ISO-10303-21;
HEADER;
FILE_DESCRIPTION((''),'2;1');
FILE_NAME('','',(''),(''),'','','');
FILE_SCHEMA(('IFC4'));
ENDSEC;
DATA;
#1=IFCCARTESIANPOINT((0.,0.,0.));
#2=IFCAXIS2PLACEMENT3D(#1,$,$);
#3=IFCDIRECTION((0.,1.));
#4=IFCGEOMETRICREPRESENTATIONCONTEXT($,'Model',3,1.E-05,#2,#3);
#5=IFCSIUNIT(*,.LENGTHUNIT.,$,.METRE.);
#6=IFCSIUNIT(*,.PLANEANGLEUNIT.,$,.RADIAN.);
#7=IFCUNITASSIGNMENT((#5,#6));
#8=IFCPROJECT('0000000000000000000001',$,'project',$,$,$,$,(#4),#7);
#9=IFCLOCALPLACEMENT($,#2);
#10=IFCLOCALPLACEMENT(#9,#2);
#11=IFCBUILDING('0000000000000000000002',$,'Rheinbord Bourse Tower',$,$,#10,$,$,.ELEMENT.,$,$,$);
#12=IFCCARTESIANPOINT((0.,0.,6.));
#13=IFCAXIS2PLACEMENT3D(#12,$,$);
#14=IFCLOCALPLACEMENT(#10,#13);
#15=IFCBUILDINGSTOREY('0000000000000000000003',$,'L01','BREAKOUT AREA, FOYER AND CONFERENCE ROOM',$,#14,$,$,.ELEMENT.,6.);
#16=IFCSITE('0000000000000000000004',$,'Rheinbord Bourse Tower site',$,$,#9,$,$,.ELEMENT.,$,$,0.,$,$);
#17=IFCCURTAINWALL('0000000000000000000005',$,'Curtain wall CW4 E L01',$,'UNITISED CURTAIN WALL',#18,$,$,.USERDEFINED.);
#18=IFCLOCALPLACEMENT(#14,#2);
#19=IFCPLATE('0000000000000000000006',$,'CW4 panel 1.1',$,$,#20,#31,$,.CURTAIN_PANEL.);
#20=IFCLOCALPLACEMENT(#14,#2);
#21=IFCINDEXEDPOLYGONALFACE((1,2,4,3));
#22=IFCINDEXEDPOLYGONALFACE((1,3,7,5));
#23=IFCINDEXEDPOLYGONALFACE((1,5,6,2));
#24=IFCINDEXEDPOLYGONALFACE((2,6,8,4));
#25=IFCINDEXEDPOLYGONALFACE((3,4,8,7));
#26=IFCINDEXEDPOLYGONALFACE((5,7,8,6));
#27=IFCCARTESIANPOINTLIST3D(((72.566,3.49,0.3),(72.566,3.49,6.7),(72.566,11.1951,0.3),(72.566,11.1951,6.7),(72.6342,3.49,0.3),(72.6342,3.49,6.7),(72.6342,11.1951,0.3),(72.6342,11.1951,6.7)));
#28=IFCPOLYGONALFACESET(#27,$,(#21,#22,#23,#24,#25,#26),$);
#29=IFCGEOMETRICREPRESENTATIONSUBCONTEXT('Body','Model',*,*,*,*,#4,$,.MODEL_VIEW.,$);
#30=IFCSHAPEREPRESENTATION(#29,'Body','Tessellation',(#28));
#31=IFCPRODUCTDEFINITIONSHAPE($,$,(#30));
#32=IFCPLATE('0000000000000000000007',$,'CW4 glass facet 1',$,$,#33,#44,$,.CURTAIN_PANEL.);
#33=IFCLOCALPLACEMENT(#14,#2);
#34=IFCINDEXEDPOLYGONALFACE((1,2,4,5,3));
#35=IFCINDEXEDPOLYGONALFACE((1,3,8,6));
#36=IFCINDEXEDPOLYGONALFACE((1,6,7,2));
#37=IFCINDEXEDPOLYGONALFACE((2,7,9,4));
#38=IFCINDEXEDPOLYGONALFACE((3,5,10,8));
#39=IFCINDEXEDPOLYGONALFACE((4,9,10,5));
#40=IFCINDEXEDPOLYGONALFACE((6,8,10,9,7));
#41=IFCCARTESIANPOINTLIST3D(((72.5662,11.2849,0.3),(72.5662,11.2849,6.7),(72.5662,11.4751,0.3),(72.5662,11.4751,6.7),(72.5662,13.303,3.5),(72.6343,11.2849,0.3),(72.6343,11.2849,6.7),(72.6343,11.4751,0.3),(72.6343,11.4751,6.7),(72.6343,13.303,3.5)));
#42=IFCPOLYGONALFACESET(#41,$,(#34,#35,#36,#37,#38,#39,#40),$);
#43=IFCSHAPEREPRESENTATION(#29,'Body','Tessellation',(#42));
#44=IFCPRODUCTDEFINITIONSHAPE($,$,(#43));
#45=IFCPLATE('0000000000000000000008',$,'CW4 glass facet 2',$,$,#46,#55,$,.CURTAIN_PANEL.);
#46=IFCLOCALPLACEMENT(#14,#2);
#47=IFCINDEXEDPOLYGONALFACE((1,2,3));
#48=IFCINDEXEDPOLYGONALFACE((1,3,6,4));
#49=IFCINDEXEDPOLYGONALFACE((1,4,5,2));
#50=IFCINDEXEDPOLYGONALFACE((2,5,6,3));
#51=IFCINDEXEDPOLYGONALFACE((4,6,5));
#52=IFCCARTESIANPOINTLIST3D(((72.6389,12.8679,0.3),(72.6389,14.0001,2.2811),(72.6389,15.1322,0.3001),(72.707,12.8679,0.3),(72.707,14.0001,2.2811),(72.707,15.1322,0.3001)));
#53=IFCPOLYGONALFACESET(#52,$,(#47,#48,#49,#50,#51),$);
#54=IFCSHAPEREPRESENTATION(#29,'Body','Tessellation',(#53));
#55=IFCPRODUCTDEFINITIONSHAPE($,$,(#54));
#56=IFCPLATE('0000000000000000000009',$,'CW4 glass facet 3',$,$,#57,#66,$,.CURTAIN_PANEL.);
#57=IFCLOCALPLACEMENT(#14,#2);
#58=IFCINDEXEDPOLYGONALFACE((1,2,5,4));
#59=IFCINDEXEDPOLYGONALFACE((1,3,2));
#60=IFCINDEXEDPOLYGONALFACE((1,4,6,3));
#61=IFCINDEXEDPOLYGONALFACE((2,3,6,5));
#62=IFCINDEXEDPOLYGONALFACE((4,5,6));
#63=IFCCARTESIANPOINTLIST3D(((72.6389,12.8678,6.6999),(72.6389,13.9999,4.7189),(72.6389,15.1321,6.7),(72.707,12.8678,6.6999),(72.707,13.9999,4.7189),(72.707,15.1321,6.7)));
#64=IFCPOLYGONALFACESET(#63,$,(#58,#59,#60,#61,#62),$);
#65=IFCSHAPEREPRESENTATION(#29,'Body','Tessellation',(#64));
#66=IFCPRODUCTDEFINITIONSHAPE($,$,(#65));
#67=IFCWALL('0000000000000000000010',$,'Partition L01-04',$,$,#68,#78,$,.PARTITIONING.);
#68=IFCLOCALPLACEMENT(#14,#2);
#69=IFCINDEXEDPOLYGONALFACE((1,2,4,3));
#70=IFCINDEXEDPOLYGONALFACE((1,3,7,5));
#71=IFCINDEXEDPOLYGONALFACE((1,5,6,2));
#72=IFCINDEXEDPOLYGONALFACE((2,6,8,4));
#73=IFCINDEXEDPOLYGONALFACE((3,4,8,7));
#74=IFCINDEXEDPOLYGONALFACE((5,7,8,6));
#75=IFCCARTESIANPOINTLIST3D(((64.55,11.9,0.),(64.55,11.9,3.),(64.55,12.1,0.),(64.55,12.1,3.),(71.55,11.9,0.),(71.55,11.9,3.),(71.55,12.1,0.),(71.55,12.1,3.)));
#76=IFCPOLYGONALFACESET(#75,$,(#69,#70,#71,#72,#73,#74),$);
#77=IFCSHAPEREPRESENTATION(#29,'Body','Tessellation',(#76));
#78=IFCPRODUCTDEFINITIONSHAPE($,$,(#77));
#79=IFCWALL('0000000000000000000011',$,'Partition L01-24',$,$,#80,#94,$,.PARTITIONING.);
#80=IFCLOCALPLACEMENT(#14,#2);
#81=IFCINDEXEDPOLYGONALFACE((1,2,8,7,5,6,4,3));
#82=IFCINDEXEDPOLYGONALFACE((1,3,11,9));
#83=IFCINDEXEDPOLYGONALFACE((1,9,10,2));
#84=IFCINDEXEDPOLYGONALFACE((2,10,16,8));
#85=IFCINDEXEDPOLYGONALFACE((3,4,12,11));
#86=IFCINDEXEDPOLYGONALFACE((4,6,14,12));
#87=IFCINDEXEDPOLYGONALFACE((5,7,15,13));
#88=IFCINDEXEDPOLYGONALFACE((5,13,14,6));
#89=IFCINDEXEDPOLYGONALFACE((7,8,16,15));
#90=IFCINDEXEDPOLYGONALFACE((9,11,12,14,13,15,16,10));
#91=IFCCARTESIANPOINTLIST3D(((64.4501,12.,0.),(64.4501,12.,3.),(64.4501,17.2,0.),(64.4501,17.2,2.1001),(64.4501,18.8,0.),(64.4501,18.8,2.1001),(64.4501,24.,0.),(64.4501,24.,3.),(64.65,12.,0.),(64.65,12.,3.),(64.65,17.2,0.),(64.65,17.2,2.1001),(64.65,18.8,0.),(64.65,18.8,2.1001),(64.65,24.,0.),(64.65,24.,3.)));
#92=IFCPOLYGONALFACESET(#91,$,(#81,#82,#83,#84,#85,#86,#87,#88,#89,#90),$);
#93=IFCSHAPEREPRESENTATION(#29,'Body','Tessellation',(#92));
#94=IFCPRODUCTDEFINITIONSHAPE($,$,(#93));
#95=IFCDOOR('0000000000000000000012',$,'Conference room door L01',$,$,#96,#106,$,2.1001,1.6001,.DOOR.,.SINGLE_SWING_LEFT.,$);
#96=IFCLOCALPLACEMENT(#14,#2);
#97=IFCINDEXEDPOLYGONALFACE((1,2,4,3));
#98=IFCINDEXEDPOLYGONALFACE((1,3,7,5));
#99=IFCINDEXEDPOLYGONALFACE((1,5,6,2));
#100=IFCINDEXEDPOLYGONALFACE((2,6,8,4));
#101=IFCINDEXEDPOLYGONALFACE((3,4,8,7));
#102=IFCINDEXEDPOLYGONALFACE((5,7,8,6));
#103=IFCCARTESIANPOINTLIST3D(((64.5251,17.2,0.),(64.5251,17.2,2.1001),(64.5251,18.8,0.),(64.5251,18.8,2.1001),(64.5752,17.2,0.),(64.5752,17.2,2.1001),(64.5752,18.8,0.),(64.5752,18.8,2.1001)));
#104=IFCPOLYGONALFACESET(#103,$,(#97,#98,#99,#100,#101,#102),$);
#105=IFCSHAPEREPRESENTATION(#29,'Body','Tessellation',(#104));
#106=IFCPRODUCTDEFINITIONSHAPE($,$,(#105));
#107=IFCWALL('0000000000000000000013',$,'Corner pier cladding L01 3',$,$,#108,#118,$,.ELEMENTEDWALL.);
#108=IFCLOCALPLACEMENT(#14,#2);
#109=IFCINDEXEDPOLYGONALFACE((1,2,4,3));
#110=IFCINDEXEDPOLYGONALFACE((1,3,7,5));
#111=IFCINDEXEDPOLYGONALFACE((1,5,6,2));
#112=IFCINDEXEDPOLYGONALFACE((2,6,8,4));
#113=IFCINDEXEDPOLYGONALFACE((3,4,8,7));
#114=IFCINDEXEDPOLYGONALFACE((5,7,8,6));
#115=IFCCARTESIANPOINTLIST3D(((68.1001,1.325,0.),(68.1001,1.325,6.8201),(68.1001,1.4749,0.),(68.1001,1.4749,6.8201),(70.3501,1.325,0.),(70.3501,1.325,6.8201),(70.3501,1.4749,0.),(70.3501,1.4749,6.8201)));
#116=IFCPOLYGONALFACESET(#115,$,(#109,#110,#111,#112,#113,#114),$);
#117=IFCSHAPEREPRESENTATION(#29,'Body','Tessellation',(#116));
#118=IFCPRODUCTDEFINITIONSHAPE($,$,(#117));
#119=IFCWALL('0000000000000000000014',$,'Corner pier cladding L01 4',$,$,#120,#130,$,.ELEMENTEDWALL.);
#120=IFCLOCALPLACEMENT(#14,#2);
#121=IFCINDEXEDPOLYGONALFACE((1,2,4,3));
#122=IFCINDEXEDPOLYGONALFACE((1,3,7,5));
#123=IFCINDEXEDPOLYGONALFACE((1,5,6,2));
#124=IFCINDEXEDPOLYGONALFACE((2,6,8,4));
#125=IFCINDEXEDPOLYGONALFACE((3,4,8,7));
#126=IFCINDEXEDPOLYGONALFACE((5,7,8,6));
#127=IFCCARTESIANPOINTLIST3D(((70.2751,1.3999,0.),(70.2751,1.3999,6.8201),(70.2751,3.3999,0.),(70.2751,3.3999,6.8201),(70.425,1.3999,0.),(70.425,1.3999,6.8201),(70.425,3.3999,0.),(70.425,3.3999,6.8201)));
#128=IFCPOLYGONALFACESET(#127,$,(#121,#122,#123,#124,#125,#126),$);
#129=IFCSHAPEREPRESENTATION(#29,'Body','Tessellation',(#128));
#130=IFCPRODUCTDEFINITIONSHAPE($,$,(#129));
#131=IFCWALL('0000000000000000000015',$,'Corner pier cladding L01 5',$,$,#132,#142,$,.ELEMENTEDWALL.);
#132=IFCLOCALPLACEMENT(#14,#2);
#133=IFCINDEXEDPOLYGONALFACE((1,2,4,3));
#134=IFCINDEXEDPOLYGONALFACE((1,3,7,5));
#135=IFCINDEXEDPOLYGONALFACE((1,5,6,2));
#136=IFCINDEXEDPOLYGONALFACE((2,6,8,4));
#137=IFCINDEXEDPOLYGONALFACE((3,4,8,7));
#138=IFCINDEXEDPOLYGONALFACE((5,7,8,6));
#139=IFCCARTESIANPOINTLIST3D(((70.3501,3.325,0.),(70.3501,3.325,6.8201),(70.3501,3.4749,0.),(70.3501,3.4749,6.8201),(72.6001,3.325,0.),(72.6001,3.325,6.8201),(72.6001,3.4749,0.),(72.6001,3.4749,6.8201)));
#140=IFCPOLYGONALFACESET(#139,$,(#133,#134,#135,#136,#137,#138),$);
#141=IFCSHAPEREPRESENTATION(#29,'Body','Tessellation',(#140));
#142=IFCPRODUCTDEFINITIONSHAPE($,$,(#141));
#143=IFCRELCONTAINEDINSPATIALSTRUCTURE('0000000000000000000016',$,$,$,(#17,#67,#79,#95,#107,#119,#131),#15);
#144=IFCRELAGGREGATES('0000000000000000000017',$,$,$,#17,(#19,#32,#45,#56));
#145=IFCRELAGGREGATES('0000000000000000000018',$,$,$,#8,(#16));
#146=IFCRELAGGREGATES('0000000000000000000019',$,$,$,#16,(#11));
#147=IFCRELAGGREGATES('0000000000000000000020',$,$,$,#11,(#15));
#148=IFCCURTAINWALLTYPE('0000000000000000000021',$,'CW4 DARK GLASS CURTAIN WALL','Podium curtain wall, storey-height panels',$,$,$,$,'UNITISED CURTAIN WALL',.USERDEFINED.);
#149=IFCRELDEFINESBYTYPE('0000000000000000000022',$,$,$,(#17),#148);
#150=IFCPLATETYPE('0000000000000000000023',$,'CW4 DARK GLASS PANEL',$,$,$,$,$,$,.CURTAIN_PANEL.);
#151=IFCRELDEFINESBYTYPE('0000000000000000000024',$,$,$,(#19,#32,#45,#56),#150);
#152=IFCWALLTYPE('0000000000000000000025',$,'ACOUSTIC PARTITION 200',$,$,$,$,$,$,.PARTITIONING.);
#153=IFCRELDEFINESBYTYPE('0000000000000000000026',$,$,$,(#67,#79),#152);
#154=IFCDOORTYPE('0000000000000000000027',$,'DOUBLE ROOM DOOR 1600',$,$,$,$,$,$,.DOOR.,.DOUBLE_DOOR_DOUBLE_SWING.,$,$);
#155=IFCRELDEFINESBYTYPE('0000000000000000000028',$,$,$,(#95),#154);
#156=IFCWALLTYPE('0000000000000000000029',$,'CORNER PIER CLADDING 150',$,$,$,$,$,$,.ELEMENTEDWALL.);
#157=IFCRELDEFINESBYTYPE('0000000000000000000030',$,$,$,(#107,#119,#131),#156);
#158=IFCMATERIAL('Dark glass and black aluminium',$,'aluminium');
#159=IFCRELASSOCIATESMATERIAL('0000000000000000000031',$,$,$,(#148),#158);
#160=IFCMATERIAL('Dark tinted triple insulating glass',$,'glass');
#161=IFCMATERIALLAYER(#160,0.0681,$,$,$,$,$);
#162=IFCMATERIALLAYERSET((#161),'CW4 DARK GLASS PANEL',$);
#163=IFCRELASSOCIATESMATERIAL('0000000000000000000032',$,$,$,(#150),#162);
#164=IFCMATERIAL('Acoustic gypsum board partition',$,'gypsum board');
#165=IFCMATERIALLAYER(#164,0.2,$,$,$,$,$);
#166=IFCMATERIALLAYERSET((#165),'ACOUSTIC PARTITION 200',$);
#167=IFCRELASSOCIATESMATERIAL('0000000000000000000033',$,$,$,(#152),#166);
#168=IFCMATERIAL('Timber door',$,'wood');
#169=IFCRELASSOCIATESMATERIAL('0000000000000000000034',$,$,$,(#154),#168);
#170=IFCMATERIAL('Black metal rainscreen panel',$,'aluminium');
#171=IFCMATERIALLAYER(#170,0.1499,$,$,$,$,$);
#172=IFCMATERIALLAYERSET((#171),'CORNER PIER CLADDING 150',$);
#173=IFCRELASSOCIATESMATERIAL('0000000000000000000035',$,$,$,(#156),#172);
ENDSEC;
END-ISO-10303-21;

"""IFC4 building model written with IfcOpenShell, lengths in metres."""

from ifc_helpers import new_model, si_unit, direction, frame, frame_2d, origin, origin_2d, place, context, subcontext, project, spatial, polyline, rectangle, outline, extrude, material, layer, layer_set, type_object, element, fill, aggregate, save


model = new_model("IFC4")

# Units and contexts
model_context = context("Model", 3, precision=1e-05, world=origin(), true_north=direction((0.0, 1.0)))
body_context = subcontext(model_context, "Body", "Model", "MODEL_VIEW")
ifc_project = project(units=[si_unit("LENGTHUNIT", "METRE"), si_unit("PLANEANGLEUNIT", "RADIAN")], contexts=[model_context])

# Site, building, storey
site_placement = place(None, origin())
site = spatial("IfcSite", under=ifc_project, at=site_placement, Name="Rheinbord Bourse Tower site", CompositionType="ELEMENT", RefElevation=0.0)
building_placement = place(site_placement, origin())
building = spatial("IfcBuilding", under=site, at=building_placement, Name="Rheinbord Bourse Tower", CompositionType="ELEMENT")
storey_placement = place(building_placement, frame((0.0, 0.0, 6.0)))
storey = spatial("IfcBuildingStorey", under=building, at=storey_placement, Name="L01", Description="BREAKOUT AREA, FOYER AND CONFERENCE ROOM", CompositionType="ELEMENT", Elevation=6.0)

# Curtain wall
ifc_material_1 = material(Name="Dark glass and black aluminium", Category="aluminium")
curtain_wall_type = type_object("IfcCurtainWallType", Name="CW4 DARK GLASS CURTAIN WALL", Description="Podium curtain wall, storey-height panels", ElementType="UNITISED CURTAIN WALL", PredefinedType="USERDEFINED", material=ifc_material_1)
curtain_wall_1_placement = place(storey_placement, origin())
curtain_wall_1 = element("IfcCurtainWall", 1, at=curtain_wall_1_placement, inside=storey, type_object=curtain_wall_type, Name="Curtain wall CW4 E L01", ObjectType="UNITISED CURTAIN WALL", PredefinedType="USERDEFINED")

# Plates
ifc_material_2 = material(Name="Dark tinted triple insulating glass", Category="glass")
ifc_layer_1 = layer(ifc_material_2, 0.0681)
ifc_layer_set_1 = layer_set([ifc_layer_1], Name="CW4 DARK GLASS PANEL")
plate_type = type_object("IfcPlateType", Name="CW4 DARK GLASS PANEL", PredefinedType="CURTAIN_PANEL", material=ifc_layer_set_1)
plate_1_placement = place(storey_placement, frame((72.6001, 7.3425, 0.3), z_axis=(0.0, 0.0, 1.0), x_axis=(0.0, 1.0, 0.0)))
plate_1 = element("IfcPlate", 2, at=plate_1_placement, type_object=plate_type, Name="CW4 panel 1.1", PredefinedType="CURTAIN_PANEL", context=body_context, shape_type="SweptSolid", body=[
    extrude(rectangle(XDim=7.7051, YDim=0.0681, at=origin_2d()), origin(), (0.0, 0.0, 1.0), 6.3999),
])
plate_2_placement = place(storey_placement, frame((72.6343, 11.2849, 0.3), z_axis=(-1.0, 0.0, 0.0), x_axis=(0.0, 0.0, 1.0)))
plate_2 = element("IfcPlate", 3, at=plate_2_placement, type_object=plate_type, Name="CW4 glass facet 1", PredefinedType="CURTAIN_PANEL", context=body_context, shape_type="SweptSolid", body=[
    extrude(outline(polyline([(0.0, 0.0), (6.3999, 0.0), (6.3999, 0.1902), (3.2, 2.0181), (0.0, 0.1902), (0.0, 0.0)])), origin(), (0.0, 0.0, 1.0), 0.0681),
])
plate_3_placement = place(storey_placement, frame((72.707, 12.8679, 0.3), z_axis=(-1.0, 0.0, 0.0), x_axis=(0.0, 0.496174, 0.868223)))
plate_3 = element("IfcPlate", 4, at=plate_3_placement, type_object=plate_type, Name="CW4 glass facet 2", PredefinedType="CURTAIN_PANEL", context=body_context, shape_type="SweptSolid", body=[
    extrude(outline(polyline([(0.0, 0.0), (2.2817, 0.0), (1.1235, 1.9658), (0.0, 0.0)])), origin(), (0.0, 0.0, 1.0), 0.0681),
])
plate_4_placement = place(storey_placement, frame((72.707, 15.1321, 6.7), z_axis=(-1.0, 0.0, 0.0), x_axis=(0.0, -0.496174, -0.868223)))
plate_4 = element("IfcPlate", 5, at=plate_4_placement, type_object=plate_type, Name="CW4 glass facet 3", PredefinedType="CURTAIN_PANEL", context=body_context, shape_type="SweptSolid", body=[
    extrude(outline(polyline([(0.0, 0.0), (2.2817, 0.0), (1.1235, 1.9658), (0.0, 0.0)])), origin(), (0.0, 0.0, 1.0), 0.0681),
])
aggregate(curtain_wall_1, [plate_1, plate_2, plate_3, plate_4])

# Wall
ifc_material_3 = material(Name="Acoustic gypsum board partition", Category="gypsum board")
ifc_layer_2 = layer(ifc_material_3, 0.2)
ifc_layer_set_2 = layer_set([ifc_layer_2], Name="ACOUSTIC PARTITION 200")
wall_type_1 = type_object("IfcWallType", Name="ACOUSTIC PARTITION 200", PredefinedType="PARTITIONING", material=ifc_layer_set_2)
wall_1_placement = place(storey_placement, frame((64.55, 12.0, 0.0), z_axis=(0.0, 0.0, 1.0), x_axis=(1.0, 0.0, 0.0)))
element("IfcWall", 6, at=wall_1_placement, inside=storey, type_object=wall_type_1, Name="Partition L01-04", PredefinedType="PARTITIONING", context=body_context, shape_type="SweptSolid", body=[
    extrude(rectangle(XDim=7.0, YDim=0.2, at=frame_2d((3.5, 0.0))), origin(), (0.0, 0.0, 1.0), 3.0),
])

# Wall, opening, door
wall_2_placement = place(storey_placement, frame((64.55, 12.0, 0.0), z_axis=(0.0, 0.0, 1.0), x_axis=(0.0, 1.0, 0.0)))
wall_2 = element("IfcWall", 7, at=wall_2_placement, inside=storey, type_object=wall_type_1, Name="Partition L01-24", PredefinedType="PARTITIONING", context=body_context, shape_type="SweptSolid", body=[
    extrude(rectangle(XDim=12.0, YDim=0.2, at=frame_2d((6.0, 0.0))), origin(), (0.0, 0.0, 1.0), 3.0),
])
opening_placement = place(wall_2_placement, frame((5.2, 0.0, 0.0)))
opening = element("IfcOpeningElement", 8, at=opening_placement, cuts=wall_2, PredefinedType="OPENING", context=body_context, shape_type="SweptSolid", body=[
    extrude(rectangle(XDim=1.6001, YDim=2.1001, at=frame_2d((0.8, 1.05))), frame((0.0, 0.1099, 0.0), z_axis=(0.0, -1.0, 0.0), x_axis=(1.0, 0.0, 0.0)), (0.0, 0.0, 1.0), 0.22),
])
ifc_material_4 = material(Name="Timber door", Category="wood")
door_type = type_object("IfcDoorType", Name="DOUBLE ROOM DOOR 1600", OperationType="DOUBLE_DOOR_DOUBLE_SWING", PredefinedType="DOOR", material=ifc_material_4)
door_placement = place(opening_placement, origin())
door = element("IfcDoor", 9, at=door_placement, inside=storey, type_object=door_type, Name="Conference room door L01", OperationType="SINGLE_SWING_LEFT", OverallHeight=2.1001, OverallWidth=1.6001, PredefinedType="DOOR", context=body_context, shape_type="SweptSolid", body=[
    extrude(rectangle(XDim=1.6001, YDim=2.1001, at=frame_2d((0.8, 1.05))), frame((0.0, 0.0249, 0.0), z_axis=(0.0, -1.0, 0.0), x_axis=(1.0, 0.0, 0.0)), (0.0, 0.0, 1.0), 0.05),
])
fill(opening, door)

# Walls
ifc_material_5 = material(Name="Black metal rainscreen panel", Category="aluminium")
ifc_layer_3 = layer(ifc_material_5, 0.1499)
ifc_layer_set_3 = layer_set([ifc_layer_3], Name="CORNER PIER CLADDING 150")
wall_type_2 = type_object("IfcWallType", Name="CORNER PIER CLADDING 150", PredefinedType="ELEMENTEDWALL", material=ifc_layer_set_3)
wall_3_placement = place(storey_placement, frame((68.1001, 1.3999, 0.0), z_axis=(0.0, 0.0, 1.0), x_axis=(1.0, 0.0, 0.0)))
element("IfcWall", 10, at=wall_3_placement, inside=storey, type_object=wall_type_2, Name="Corner pier cladding L01 3", PredefinedType="ELEMENTEDWALL", context=body_context, shape_type="SweptSolid", body=[
    extrude(rectangle(XDim=2.25, YDim=0.1499, at=frame_2d((1.125, 0.0))), origin(), (0.0, 0.0, 1.0), 6.8201),
])
wall_4_placement = place(storey_placement, frame((70.3501, 1.3999, 0.0), z_axis=(0.0, 0.0, 1.0), x_axis=(0.0, 1.0, 0.0)))
element("IfcWall", 11, at=wall_4_placement, inside=storey, type_object=wall_type_2, Name="Corner pier cladding L01 4", PredefinedType="ELEMENTEDWALL", context=body_context, shape_type="SweptSolid", body=[
    extrude(rectangle(XDim=2.0, YDim=0.1499, at=frame_2d((1.0, 0.0))), origin(), (0.0, 0.0, 1.0), 6.8201),
])
wall_5_placement = place(storey_placement, frame((70.3501, 3.3999, 0.0), z_axis=(0.0, 0.0, 1.0), x_axis=(1.0, 0.0, 0.0)))
element("IfcWall", 12, at=wall_5_placement, inside=storey, type_object=wall_type_2, Name="Corner pier cladding L01 5", PredefinedType="ELEMENTEDWALL", context=body_context, shape_type="SweptSolid", body=[
    extrude(rectangle(XDim=2.25, YDim=0.1499, at=frame_2d((1.125, 0.0))), origin(), (0.0, 0.0, 1.0), 6.8201),
])

save(model, "model.ifc")
